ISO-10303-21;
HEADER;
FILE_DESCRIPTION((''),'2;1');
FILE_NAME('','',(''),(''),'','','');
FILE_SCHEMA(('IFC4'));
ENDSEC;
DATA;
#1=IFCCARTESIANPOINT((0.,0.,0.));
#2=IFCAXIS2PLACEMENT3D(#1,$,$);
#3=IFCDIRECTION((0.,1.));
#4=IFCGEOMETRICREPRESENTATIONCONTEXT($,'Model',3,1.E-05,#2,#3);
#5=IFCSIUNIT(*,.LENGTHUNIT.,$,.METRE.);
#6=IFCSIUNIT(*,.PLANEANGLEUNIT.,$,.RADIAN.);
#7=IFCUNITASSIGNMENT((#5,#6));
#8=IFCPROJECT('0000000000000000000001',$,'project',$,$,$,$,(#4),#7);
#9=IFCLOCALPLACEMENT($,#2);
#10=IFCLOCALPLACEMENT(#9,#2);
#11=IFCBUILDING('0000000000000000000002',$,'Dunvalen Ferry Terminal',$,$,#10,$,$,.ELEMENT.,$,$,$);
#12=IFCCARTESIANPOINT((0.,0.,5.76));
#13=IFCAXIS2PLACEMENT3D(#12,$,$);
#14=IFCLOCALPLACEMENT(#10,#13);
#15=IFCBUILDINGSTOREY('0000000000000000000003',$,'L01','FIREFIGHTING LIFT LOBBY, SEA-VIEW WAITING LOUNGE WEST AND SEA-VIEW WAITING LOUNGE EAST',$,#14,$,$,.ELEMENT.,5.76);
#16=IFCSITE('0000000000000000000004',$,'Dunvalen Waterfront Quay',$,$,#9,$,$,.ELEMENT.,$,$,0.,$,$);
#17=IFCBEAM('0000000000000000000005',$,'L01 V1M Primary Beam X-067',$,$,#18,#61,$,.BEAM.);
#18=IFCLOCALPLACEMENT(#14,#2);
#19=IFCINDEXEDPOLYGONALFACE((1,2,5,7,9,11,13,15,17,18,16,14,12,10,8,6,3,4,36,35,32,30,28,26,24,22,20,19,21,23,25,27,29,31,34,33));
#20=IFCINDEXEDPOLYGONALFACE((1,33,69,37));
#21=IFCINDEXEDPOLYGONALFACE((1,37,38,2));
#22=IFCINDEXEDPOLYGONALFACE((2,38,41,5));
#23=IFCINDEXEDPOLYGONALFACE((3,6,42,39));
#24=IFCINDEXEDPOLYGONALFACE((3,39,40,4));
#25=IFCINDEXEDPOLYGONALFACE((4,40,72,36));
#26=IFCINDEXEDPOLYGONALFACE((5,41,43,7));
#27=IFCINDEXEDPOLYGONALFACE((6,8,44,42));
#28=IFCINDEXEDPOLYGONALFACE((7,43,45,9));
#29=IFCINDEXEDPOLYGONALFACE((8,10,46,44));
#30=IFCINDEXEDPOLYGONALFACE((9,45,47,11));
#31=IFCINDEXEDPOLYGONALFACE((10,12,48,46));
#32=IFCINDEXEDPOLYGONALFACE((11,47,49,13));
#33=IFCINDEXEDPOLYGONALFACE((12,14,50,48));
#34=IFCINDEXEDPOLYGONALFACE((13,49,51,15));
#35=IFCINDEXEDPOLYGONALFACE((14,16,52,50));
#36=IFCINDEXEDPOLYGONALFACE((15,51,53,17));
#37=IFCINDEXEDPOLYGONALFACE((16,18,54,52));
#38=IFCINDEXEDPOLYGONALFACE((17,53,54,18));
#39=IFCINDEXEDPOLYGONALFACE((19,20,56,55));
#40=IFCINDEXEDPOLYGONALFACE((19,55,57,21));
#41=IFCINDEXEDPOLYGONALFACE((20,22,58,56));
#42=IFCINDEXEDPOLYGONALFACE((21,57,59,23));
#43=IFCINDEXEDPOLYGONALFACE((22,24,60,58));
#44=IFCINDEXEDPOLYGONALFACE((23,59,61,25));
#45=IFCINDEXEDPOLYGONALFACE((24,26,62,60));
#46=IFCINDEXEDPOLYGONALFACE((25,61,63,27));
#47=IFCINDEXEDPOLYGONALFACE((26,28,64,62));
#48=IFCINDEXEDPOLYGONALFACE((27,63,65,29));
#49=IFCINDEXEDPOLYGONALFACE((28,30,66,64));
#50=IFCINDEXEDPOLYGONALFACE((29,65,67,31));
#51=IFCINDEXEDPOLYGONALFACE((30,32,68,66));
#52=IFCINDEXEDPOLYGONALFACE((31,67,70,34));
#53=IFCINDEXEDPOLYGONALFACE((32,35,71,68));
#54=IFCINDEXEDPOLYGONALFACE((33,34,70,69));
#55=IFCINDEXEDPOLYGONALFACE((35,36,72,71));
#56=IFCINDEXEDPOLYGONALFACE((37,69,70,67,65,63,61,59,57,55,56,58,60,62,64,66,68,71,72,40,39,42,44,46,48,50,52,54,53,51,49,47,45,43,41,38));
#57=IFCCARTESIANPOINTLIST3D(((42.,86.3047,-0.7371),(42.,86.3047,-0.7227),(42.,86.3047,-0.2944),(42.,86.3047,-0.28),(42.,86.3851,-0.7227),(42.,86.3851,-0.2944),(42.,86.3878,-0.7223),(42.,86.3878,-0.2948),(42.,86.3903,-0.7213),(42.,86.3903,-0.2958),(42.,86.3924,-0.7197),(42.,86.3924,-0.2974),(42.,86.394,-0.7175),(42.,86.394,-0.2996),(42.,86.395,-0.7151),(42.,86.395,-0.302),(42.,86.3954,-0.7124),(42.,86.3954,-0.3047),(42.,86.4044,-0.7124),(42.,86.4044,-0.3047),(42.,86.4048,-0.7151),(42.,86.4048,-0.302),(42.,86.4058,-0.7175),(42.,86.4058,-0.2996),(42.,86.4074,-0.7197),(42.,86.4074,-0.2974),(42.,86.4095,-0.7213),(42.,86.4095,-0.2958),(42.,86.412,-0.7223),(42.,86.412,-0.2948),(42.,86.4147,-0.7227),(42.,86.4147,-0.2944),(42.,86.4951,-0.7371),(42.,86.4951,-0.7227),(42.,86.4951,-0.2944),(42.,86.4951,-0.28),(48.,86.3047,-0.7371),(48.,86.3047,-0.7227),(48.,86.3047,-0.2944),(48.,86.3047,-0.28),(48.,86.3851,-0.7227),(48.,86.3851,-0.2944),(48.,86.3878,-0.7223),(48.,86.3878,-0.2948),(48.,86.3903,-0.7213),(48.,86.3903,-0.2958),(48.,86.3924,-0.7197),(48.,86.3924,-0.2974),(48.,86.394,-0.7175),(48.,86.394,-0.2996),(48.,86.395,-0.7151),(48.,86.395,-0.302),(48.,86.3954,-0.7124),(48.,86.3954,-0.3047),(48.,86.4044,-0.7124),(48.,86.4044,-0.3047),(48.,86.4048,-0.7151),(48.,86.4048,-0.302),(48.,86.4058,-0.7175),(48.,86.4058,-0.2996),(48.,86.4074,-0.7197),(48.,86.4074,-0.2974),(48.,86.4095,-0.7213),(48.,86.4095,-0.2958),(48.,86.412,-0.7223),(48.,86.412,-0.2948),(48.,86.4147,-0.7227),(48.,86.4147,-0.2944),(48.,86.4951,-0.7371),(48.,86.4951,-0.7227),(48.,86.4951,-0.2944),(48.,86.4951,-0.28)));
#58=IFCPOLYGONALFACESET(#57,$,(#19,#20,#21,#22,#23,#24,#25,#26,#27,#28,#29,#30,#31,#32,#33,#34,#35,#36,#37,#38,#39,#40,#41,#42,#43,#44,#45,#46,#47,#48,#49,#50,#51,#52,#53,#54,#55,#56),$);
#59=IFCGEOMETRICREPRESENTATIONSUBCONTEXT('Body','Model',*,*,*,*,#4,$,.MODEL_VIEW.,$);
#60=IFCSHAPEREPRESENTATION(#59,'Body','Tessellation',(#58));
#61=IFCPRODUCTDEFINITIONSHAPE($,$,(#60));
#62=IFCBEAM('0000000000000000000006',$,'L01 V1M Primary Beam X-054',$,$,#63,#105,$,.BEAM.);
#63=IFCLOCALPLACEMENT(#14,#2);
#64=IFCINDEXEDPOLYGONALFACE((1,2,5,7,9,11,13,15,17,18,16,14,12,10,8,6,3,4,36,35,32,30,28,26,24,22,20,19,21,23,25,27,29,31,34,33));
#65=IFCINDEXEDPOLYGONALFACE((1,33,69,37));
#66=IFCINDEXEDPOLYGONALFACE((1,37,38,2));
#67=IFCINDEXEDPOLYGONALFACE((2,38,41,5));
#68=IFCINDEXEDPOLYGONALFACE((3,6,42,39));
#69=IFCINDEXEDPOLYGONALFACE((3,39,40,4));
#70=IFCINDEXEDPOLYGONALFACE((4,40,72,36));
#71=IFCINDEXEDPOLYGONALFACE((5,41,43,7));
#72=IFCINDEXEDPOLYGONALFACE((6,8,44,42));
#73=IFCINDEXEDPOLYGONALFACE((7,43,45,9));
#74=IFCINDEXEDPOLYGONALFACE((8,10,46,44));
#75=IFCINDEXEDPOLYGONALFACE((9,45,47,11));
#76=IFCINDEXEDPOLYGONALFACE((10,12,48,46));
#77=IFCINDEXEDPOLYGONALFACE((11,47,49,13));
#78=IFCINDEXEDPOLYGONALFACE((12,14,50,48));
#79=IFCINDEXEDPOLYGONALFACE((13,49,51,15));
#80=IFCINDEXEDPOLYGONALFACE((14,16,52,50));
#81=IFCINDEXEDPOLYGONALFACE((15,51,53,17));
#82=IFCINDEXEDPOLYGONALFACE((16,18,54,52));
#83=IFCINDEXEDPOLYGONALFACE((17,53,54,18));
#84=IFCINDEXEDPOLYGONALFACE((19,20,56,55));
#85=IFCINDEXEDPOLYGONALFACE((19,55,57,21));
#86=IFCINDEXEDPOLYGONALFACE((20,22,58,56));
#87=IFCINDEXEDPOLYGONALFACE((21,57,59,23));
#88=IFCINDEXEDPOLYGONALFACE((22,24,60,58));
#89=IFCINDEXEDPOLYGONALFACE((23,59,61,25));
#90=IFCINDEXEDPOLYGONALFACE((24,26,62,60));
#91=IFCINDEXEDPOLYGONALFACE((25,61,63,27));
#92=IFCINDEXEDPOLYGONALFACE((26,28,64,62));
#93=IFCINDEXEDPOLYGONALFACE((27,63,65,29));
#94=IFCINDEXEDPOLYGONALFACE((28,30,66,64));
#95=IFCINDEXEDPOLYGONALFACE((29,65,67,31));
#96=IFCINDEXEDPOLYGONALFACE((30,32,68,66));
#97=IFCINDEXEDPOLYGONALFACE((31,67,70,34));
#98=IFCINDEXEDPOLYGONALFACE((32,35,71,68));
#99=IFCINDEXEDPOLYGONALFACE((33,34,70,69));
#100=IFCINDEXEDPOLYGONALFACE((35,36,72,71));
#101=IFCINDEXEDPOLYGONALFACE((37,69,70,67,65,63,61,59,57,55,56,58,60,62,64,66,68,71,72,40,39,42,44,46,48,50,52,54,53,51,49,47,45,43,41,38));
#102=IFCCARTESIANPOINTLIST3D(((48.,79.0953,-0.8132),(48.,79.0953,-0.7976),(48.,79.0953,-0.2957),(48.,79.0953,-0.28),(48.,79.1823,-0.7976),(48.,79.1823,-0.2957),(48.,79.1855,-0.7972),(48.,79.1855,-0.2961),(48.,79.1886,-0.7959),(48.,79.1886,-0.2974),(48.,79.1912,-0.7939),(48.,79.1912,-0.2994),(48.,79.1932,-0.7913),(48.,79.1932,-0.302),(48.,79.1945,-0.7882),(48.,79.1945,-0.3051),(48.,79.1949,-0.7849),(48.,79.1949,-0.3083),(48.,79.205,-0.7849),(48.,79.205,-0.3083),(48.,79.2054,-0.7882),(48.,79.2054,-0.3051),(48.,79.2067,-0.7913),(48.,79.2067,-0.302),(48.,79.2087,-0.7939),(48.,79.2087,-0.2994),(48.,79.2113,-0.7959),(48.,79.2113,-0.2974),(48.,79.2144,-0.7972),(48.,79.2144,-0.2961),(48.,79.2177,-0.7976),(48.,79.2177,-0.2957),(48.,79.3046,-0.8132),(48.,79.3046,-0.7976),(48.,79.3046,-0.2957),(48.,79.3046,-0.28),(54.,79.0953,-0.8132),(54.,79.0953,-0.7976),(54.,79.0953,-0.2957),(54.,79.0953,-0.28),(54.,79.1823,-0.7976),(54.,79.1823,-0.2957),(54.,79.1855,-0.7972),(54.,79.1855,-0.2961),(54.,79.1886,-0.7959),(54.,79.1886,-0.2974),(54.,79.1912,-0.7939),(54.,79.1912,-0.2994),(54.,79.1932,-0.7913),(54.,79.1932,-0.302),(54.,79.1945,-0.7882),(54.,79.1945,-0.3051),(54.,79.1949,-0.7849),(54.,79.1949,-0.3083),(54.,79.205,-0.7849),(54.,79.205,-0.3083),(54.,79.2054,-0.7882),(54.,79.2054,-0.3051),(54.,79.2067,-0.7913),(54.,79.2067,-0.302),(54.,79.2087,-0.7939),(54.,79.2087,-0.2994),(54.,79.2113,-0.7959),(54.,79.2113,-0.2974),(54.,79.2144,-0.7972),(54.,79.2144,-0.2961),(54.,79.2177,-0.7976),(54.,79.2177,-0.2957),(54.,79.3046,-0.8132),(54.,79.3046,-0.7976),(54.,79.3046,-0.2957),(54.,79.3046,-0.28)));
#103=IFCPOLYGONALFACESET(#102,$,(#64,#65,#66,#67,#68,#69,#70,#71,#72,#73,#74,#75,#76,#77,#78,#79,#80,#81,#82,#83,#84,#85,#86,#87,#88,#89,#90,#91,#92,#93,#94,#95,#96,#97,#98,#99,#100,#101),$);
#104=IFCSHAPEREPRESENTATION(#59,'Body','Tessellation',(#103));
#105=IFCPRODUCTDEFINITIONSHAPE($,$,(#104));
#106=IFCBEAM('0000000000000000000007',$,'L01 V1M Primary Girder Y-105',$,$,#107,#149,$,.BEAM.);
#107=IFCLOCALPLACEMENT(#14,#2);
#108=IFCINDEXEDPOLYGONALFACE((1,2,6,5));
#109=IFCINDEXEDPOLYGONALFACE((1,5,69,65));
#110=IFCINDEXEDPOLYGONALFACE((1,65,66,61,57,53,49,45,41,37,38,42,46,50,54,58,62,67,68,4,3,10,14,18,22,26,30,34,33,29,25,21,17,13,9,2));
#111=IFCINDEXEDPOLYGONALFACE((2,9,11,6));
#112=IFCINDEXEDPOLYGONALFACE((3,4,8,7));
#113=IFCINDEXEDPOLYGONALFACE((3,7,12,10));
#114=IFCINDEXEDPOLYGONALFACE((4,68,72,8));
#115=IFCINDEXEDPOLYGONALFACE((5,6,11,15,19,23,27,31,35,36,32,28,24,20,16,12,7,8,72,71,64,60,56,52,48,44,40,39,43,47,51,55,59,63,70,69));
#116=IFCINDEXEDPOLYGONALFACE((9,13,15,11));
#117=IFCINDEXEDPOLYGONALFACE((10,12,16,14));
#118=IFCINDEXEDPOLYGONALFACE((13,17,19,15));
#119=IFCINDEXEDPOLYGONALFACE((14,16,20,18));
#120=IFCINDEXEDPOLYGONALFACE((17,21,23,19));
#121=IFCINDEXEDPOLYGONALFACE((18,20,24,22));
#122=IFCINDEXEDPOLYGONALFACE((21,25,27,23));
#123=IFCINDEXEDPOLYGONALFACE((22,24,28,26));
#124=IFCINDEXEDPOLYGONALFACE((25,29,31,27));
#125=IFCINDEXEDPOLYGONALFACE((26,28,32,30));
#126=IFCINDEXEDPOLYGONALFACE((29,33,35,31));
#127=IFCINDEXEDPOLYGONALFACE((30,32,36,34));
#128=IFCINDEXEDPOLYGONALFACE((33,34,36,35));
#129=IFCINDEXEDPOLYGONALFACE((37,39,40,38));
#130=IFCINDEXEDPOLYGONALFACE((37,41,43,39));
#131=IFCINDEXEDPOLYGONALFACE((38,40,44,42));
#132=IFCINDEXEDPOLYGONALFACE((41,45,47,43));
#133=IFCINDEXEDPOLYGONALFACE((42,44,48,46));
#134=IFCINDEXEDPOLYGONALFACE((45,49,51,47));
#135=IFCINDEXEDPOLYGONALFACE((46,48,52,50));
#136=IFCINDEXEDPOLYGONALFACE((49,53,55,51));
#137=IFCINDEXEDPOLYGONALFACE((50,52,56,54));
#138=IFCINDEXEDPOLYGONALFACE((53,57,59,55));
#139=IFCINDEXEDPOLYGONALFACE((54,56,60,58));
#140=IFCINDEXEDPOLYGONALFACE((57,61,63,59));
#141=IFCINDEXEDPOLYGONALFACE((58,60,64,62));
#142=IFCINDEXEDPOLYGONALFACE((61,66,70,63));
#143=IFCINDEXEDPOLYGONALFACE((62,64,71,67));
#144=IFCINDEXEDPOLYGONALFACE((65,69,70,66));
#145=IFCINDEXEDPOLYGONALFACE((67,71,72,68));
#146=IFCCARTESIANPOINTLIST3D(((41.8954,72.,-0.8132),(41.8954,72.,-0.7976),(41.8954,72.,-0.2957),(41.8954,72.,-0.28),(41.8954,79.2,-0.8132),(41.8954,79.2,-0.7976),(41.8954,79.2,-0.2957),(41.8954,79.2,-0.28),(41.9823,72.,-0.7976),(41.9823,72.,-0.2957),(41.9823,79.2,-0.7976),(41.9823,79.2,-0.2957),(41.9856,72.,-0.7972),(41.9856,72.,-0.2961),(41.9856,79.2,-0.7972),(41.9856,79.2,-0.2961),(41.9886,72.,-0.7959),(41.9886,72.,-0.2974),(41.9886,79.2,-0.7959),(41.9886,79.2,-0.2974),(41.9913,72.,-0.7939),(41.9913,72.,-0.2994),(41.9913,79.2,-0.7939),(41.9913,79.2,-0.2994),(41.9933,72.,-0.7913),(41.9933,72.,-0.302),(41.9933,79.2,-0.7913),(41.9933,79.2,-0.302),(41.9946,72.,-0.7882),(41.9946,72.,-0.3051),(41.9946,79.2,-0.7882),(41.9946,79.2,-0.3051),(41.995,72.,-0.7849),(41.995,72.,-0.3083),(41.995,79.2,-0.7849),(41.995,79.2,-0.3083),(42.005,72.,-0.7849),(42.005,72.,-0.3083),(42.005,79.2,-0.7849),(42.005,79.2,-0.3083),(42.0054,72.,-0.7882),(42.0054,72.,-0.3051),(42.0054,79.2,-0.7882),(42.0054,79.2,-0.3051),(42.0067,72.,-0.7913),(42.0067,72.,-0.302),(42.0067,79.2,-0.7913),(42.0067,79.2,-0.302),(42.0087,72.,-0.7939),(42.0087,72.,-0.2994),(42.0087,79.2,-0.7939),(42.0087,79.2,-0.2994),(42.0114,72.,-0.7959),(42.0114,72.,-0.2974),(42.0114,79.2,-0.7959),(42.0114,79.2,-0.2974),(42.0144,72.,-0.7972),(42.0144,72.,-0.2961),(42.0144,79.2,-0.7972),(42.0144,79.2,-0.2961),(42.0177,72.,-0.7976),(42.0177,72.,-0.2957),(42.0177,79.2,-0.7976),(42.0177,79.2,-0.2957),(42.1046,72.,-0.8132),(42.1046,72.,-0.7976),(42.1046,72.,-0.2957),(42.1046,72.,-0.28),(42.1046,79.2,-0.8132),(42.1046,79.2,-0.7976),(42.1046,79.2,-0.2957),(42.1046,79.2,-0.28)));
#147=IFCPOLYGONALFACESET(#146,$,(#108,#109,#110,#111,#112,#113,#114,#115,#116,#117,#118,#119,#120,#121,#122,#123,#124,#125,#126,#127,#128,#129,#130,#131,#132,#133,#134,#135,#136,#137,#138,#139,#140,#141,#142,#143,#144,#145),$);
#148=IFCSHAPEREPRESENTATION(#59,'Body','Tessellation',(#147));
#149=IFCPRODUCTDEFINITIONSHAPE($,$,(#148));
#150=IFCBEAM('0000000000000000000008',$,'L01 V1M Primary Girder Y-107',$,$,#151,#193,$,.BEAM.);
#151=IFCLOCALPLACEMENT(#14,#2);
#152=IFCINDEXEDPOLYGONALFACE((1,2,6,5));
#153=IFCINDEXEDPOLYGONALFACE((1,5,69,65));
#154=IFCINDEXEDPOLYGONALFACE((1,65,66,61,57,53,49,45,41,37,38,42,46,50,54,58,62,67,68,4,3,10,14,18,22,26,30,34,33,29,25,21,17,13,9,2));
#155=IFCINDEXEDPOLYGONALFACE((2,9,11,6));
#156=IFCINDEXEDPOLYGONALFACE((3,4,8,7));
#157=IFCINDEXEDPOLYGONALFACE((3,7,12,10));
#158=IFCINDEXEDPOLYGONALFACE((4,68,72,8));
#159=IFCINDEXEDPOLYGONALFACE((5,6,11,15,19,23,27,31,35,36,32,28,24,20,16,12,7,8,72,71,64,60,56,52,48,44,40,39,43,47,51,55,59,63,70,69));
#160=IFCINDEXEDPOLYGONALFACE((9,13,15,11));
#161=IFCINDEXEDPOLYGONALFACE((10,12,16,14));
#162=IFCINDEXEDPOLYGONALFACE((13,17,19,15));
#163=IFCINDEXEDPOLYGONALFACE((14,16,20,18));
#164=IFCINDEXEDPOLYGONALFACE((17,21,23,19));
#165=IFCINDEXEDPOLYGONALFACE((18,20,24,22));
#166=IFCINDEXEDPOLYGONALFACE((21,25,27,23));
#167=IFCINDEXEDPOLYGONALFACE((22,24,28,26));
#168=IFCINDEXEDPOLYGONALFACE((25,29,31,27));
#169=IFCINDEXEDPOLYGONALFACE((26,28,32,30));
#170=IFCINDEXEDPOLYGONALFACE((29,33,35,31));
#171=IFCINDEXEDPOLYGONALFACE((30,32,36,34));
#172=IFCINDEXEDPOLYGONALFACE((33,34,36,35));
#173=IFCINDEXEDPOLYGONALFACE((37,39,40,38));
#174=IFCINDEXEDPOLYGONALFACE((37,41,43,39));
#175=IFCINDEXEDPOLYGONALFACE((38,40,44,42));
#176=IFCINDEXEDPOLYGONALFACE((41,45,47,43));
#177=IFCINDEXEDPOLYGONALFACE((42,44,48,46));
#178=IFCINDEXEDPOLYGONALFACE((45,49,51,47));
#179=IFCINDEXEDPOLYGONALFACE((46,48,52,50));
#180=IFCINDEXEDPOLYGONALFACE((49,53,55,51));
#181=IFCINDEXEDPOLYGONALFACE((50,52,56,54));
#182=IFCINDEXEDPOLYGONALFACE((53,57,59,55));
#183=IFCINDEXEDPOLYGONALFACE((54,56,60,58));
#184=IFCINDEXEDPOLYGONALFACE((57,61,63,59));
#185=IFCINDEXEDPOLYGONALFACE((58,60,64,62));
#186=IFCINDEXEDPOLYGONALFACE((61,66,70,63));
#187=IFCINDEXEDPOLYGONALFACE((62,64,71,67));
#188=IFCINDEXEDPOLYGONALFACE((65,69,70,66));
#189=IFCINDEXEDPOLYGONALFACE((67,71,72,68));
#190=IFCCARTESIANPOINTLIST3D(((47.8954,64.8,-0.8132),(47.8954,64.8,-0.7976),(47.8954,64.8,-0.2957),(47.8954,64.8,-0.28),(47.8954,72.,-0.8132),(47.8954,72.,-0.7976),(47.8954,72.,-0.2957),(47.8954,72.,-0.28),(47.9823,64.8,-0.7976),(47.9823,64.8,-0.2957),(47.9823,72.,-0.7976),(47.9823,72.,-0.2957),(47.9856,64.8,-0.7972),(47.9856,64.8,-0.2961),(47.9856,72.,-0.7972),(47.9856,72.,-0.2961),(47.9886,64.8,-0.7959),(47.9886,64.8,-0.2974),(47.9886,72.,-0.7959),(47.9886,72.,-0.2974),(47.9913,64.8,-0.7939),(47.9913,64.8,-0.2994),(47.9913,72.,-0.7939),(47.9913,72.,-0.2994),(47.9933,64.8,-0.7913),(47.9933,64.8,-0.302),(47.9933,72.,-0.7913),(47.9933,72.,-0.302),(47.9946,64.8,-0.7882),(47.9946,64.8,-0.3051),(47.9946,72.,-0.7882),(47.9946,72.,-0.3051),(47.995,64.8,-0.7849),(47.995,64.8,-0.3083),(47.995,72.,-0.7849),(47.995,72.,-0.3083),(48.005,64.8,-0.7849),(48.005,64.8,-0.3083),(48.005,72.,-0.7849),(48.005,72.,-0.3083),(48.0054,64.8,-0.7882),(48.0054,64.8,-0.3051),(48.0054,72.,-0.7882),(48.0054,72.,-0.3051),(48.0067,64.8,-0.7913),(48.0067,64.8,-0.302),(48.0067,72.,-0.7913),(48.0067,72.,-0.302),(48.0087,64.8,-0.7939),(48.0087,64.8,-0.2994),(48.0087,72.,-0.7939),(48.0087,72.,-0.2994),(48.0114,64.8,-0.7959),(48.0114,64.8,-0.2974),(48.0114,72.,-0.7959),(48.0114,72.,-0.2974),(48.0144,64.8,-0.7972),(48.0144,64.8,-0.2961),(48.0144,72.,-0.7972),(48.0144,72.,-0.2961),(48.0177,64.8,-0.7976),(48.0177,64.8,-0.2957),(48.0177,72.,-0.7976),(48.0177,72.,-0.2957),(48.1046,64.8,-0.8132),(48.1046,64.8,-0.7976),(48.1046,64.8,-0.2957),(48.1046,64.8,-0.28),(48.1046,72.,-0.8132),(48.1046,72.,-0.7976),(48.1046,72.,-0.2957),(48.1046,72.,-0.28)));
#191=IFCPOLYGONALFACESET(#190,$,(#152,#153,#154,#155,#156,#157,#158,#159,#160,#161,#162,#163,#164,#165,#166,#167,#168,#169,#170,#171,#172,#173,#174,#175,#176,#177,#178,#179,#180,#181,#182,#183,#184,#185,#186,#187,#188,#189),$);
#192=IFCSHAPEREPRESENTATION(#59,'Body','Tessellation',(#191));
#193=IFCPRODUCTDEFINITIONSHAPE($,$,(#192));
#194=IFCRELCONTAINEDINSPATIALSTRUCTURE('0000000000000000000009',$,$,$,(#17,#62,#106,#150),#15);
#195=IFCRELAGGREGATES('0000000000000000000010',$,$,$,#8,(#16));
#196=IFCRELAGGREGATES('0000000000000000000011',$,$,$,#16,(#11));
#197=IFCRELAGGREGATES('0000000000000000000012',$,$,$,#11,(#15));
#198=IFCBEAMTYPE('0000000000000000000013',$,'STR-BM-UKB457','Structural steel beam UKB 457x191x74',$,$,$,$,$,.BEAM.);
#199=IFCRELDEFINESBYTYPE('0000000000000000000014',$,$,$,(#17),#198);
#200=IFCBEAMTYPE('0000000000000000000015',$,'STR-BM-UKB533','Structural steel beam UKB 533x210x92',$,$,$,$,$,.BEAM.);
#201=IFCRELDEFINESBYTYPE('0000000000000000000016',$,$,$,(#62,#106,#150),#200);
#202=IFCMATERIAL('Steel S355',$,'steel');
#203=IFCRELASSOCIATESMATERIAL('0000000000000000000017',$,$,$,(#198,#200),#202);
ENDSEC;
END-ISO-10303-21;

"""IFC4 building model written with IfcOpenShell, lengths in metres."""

from ifc_helpers import new_model, si_unit, direction, frame, origin, origin_2d, place, context, subcontext, project, spatial, i_section, extrude, material, material_profile, profile_set, type_object, element, save


model = new_model("IFC4")

# Units and contexts
model_context = context("Model", 3, precision=1e-05, world=origin(), true_north=direction((0.0, 1.0)))
body_context = subcontext(model_context, "Body", "Model", "MODEL_VIEW")
ifc_project = project(units=[si_unit("LENGTHUNIT", "METRE"), si_unit("PLANEANGLEUNIT", "RADIAN")], contexts=[model_context])

# Site, building, storey
site_placement = place(None, origin())
site = spatial("IfcSite", under=ifc_project, at=site_placement, Name="Dunvalen Waterfront Quay", CompositionType="ELEMENT", RefElevation=0.0)
building_placement = place(site_placement, origin())
building = spatial("IfcBuilding", under=site, at=building_placement, Name="Dunvalen Ferry Terminal", CompositionType="ELEMENT")
storey_placement = place(building_placement, frame((0.0, 0.0, 5.76)))
storey = spatial("IfcBuildingStorey", under=building, at=storey_placement, Name="L01", Description="FIREFIGHTING LIFT LOBBY, SEA-VIEW WAITING LOUNGE WEST AND SEA-VIEW WAITING LOUNGE EAST", CompositionType="ELEMENT", Elevation=5.76)

# Beams
ifc_material_1 = material(Name="Steel S355", Category="steel")
ifc_material_profile_1 = material_profile(ifc_material_1, i_section(OverallWidth=0.1904, OverallDepth=0.457, WebThickness=0.009, FlangeThickness=0.0144, FilletRadius=0.0103, at=origin_2d()), Name="Steel S355")
ifc_profile_set_1 = profile_set([ifc_material_profile_1], Name="Steel S355")
beam_type_1 = type_object("IfcBeamType", Name="STR-BM-UKB457", Description="Structural steel beam UKB 457x191x74", PredefinedType="BEAM", material=ifc_profile_set_1)
for number, where, z_axis, x_axis, name in (
    (1, (42.0, 86.3999, -0.5085), (1.0, 0.0, 0.0), (0.0, 1.0, 0.0), "L01 V1M Primary Beam X-067"),
):
    element("IfcBeam", number, at=place(storey_placement, frame(where, z_axis=z_axis, x_axis=x_axis)), inside=storey, type_object=beam_type_1, Name=name, PredefinedType="BEAM", context=body_context, shape_type="SweptSolid", body=[
        extrude(i_section(OverallWidth=0.1904, OverallDepth=0.457, WebThickness=0.009, FlangeThickness=0.0144, FilletRadius=0.0103, at=origin_2d()), origin(), (0.0, 0.0, 1.0), 6.0),
    ])
ifc_material_profile_2 = material_profile(ifc_material_1, i_section(OverallWidth=0.2092, OverallDepth=0.5332, WebThickness=0.01, FlangeThickness=0.0156, FilletRadius=0.0127, at=origin_2d()), Name="Steel S355")
ifc_profile_set_2 = profile_set([ifc_material_profile_2], Name="Steel S355")
beam_type_2 = type_object("IfcBeamType", Name="STR-BM-UKB533", Description="Structural steel beam UKB 533x210x92", PredefinedType="BEAM", material=ifc_profile_set_2)
beam_1_placement = place(storey_placement, frame((48.0, 79.2, -0.5466), z_axis=(1.0, 0.0, 0.0), x_axis=(0.0, 1.0, 0.0)))
element("IfcBeam", 2, at=beam_1_placement, inside=storey, type_object=beam_type_2, Name="L01 V1M Primary Beam X-054", PredefinedType="BEAM", context=body_context, shape_type="SweptSolid", body=[
    extrude(i_section(OverallWidth=0.2092, OverallDepth=0.5332, WebThickness=0.01, FlangeThickness=0.0156, FilletRadius=0.0127, at=origin_2d()), origin(), (0.0, 0.0, 1.0), 6.0),
])
for number, where, z_axis, x_axis, name in (
    (3, (42.0, 72.0, -0.5466), (0.0, 1.0, 0.0), (-1.0, 0.0, 0.0), "L01 V1M Primary Girder Y-105"),
    (4, (48.0, 64.8, -0.5466), (0.0, 1.0, 0.0), (-1.0, 0.0, 0.0), "L01 V1M Primary Girder Y-107"),
):
    element("IfcBeam", number, at=place(storey_placement, frame(where, z_axis=z_axis, x_axis=x_axis)), inside=storey, type_object=beam_type_2, Name=name, PredefinedType="BEAM", context=body_context, shape_type="SweptSolid", body=[
        extrude(i_section(OverallWidth=0.2092, OverallDepth=0.5332, WebThickness=0.01, FlangeThickness=0.0156, FilletRadius=0.0127, at=origin_2d()), origin(), (0.0, 0.0, 1.0), 7.2),
    ])

save(model, "model.ifc")
